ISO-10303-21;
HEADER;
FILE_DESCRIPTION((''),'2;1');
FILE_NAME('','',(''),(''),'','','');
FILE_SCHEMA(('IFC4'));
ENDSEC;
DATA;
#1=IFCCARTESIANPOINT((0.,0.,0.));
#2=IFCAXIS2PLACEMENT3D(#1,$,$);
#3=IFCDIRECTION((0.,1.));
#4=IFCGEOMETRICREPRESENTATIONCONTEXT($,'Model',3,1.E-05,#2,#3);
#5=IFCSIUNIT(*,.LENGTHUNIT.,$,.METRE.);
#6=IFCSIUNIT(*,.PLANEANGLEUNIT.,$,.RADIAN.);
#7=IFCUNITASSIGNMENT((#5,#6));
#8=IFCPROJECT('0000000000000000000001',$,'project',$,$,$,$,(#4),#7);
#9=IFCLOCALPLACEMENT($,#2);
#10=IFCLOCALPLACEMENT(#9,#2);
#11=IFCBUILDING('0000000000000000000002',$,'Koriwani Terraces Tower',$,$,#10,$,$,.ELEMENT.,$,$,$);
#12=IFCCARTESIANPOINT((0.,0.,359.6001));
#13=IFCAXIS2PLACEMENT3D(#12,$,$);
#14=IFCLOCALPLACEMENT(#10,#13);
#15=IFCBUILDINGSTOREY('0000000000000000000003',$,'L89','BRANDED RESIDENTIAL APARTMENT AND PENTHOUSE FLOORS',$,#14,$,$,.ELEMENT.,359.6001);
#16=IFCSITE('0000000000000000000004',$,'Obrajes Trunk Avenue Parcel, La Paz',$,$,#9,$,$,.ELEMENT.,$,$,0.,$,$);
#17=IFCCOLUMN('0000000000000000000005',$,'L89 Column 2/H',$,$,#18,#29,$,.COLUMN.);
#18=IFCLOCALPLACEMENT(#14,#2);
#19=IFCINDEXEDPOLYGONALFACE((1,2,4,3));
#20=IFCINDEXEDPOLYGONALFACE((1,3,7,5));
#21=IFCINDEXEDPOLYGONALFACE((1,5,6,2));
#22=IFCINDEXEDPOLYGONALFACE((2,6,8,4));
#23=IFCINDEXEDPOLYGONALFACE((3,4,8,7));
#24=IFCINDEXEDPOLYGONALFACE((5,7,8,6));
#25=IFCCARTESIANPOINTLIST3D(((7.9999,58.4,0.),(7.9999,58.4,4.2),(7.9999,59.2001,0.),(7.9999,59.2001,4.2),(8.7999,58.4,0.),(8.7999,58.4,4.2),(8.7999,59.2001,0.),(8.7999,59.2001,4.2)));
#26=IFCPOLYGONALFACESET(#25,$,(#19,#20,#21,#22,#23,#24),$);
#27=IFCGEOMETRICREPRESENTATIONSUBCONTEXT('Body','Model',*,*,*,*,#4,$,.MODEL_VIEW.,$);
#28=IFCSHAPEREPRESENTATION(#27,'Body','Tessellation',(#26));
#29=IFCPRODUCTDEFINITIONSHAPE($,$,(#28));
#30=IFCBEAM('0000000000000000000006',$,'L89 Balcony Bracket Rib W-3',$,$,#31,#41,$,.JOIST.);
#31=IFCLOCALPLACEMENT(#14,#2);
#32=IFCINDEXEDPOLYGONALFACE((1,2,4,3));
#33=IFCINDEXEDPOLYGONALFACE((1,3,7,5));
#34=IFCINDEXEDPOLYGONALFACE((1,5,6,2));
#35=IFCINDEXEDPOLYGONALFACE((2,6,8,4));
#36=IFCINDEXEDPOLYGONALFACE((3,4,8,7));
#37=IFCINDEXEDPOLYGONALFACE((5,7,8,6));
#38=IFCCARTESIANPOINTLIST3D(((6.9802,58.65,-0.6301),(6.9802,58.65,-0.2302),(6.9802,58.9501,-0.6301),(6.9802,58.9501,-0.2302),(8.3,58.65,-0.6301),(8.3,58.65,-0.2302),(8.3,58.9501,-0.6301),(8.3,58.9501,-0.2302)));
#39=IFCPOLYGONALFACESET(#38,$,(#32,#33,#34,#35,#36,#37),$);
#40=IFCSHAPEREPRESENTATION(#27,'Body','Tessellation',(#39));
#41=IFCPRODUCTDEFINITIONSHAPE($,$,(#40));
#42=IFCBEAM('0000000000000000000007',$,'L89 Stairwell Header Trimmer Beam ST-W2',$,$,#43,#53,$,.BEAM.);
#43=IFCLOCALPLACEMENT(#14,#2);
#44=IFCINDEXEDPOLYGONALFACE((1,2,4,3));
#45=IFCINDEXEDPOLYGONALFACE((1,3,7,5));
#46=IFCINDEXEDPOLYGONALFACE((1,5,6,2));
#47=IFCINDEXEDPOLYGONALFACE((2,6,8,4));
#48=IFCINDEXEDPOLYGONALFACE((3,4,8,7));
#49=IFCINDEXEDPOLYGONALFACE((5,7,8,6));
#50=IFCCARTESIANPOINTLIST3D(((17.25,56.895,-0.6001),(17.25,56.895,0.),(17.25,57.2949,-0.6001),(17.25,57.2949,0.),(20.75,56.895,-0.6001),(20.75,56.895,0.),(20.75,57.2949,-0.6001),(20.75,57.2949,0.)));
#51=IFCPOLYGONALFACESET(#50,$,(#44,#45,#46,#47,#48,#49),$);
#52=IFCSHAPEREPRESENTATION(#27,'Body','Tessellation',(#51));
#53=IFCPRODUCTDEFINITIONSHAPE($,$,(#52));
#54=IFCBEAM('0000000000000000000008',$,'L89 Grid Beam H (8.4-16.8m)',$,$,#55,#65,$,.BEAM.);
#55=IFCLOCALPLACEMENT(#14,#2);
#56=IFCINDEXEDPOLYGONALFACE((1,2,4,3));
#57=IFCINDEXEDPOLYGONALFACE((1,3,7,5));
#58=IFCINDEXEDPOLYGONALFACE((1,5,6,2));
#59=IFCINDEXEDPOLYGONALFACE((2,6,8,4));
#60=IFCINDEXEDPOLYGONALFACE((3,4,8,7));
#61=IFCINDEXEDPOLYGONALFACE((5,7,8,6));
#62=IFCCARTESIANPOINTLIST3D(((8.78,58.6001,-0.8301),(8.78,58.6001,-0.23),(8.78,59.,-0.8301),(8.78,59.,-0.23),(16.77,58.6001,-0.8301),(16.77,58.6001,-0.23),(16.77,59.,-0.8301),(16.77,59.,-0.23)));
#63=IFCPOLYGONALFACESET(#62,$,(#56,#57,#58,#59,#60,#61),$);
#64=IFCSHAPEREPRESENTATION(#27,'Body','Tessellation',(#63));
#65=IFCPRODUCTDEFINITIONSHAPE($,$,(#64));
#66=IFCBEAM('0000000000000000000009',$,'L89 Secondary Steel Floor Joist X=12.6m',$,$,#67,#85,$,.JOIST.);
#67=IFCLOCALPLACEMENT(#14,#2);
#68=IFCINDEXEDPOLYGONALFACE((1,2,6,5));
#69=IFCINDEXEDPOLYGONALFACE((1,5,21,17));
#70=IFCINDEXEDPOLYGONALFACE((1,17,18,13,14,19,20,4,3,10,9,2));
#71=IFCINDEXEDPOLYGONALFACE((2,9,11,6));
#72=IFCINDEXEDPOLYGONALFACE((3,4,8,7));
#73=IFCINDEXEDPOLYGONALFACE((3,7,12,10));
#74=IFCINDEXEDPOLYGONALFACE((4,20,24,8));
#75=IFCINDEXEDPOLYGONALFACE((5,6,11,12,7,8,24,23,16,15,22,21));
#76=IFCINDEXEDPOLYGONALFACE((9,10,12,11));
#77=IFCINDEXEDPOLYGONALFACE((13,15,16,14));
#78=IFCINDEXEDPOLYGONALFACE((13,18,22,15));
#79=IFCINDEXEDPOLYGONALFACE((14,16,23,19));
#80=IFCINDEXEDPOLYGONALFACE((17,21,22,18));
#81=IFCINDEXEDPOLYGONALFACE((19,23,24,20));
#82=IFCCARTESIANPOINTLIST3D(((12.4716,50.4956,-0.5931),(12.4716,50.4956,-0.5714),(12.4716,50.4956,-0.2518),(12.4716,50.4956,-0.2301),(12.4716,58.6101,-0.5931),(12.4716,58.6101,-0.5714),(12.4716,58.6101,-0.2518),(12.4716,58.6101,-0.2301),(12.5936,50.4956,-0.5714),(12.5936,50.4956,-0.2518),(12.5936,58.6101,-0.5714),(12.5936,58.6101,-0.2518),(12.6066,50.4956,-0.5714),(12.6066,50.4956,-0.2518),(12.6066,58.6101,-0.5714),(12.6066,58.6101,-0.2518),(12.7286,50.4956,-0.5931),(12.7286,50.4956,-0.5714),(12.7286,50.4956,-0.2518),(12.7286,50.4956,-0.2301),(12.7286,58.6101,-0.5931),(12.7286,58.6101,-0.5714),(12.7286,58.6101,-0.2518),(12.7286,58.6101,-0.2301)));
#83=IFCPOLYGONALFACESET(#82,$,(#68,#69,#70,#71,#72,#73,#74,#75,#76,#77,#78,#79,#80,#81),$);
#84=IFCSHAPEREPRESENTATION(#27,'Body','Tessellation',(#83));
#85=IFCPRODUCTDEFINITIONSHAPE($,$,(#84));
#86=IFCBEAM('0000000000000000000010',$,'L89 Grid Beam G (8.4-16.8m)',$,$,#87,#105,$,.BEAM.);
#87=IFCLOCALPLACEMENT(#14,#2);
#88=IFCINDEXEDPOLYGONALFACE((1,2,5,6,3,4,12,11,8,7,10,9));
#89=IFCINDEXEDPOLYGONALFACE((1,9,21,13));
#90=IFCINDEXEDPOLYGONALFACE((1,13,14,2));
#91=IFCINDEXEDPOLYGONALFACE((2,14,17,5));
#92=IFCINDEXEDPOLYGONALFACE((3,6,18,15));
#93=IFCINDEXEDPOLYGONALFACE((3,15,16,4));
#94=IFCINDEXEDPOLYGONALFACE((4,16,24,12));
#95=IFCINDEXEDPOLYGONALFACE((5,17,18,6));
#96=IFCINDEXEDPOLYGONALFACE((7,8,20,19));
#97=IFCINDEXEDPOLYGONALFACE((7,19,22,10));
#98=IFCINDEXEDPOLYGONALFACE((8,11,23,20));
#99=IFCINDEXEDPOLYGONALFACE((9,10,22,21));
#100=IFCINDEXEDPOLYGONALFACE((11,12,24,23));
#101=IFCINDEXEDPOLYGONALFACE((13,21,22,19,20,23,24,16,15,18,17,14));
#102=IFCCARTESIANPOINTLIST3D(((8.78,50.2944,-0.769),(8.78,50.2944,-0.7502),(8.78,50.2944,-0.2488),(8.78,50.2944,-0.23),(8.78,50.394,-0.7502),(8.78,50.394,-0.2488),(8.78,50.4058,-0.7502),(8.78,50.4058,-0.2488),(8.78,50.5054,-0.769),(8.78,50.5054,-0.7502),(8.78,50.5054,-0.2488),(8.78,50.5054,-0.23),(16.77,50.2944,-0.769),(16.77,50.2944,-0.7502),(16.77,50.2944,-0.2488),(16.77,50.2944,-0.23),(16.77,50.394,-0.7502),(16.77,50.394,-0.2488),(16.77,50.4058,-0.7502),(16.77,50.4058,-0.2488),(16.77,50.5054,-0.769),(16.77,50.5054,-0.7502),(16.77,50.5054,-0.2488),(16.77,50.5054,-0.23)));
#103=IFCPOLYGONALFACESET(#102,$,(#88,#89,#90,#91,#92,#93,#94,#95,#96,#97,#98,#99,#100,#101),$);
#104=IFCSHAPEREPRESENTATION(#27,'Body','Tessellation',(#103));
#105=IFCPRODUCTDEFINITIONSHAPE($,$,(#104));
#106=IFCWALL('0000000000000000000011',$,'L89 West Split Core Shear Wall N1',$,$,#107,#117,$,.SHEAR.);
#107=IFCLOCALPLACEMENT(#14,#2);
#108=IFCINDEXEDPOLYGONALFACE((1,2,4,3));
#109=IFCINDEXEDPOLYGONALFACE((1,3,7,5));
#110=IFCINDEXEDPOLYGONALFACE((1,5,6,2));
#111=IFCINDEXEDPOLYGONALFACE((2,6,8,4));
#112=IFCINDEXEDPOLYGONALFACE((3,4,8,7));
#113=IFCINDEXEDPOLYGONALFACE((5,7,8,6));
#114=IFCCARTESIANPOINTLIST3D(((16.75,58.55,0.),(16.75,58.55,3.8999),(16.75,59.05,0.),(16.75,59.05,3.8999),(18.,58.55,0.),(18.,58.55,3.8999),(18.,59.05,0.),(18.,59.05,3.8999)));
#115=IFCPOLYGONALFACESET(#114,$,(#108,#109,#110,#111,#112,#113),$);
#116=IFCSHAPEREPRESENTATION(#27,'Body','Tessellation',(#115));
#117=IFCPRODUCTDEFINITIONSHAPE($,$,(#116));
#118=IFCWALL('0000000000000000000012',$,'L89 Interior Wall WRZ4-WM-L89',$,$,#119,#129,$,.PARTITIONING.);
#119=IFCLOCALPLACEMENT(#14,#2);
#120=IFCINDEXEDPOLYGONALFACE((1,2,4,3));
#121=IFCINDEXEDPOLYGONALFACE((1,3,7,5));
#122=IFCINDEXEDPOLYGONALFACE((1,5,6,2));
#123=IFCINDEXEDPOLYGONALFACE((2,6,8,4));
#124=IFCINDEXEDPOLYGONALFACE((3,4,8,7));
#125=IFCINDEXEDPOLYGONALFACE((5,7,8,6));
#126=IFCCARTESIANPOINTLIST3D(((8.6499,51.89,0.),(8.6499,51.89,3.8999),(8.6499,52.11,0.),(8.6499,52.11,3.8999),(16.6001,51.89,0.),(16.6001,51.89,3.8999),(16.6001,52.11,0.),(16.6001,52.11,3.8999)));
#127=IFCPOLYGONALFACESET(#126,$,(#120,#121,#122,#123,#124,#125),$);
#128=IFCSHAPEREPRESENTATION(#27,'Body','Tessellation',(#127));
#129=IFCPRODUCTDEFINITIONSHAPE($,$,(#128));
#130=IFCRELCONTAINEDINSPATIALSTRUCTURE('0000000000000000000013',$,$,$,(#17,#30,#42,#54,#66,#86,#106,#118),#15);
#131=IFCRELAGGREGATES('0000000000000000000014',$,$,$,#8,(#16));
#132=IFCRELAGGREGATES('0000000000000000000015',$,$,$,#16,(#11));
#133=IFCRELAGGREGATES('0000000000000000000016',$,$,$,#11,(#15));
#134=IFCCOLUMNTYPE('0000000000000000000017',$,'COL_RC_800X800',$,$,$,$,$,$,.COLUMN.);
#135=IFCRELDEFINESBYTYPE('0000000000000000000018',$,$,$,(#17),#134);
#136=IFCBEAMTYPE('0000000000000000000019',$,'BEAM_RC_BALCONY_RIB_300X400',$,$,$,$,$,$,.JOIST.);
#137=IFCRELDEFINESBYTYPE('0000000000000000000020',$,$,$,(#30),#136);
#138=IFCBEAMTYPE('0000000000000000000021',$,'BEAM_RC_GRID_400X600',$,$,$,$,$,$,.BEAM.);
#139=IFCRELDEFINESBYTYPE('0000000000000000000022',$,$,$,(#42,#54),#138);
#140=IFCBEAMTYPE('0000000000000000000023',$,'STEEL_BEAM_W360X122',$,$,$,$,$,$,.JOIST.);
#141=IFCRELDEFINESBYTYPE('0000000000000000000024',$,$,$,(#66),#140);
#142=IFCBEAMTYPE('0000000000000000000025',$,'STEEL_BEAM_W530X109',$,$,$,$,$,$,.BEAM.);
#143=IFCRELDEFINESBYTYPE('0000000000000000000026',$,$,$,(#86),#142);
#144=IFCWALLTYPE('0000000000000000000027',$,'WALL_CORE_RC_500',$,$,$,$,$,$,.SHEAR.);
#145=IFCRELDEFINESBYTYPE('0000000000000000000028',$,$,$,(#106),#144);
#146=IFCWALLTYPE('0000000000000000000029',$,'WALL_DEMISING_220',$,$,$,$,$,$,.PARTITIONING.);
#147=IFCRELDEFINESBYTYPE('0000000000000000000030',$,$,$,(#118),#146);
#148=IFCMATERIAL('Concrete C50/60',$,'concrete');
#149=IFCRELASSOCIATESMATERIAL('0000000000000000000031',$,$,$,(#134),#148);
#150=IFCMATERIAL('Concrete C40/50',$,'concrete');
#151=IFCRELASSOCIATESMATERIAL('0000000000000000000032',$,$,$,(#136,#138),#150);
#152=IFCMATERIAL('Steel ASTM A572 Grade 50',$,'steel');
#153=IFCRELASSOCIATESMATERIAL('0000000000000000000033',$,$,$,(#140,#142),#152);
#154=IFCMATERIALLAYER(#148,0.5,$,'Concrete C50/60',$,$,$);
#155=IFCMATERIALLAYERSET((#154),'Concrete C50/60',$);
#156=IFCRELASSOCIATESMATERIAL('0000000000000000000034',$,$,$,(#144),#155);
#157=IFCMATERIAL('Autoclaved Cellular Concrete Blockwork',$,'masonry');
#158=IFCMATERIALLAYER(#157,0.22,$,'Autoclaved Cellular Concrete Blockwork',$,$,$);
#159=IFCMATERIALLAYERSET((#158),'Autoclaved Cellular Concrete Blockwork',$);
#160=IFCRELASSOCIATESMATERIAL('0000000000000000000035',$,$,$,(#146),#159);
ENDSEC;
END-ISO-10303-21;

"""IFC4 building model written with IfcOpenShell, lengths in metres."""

from ifc_helpers import new_model, si_unit, direction, frame, frame_2d, origin, origin_2d, place, context, subcontext, project, spatial, rectangle, i_section, extrude, material, layer, layer_set, material_profile, profile_set, type_object, element, save


model = new_model("IFC4")

# Units and contexts
model_context = context("Model", 3, precision=1e-05, world=origin(), true_north=direction((0.0, 1.0)))
body_context = subcontext(model_context, "Body", "Model", "MODEL_VIEW")
ifc_project = project(units=[si_unit("LENGTHUNIT", "METRE"), si_unit("PLANEANGLEUNIT", "RADIAN")], contexts=[model_context])

# Site, building, storey
site_placement = place(None, origin())
site = spatial("IfcSite", under=ifc_project, at=site_placement, Name="Obrajes Trunk Avenue Parcel, La Paz", CompositionType="ELEMENT", RefElevation=0.0)
building_placement = place(site_placement, origin())
building = spatial("IfcBuilding", under=site, at=building_placement, Name="Koriwani Terraces Tower", CompositionType="ELEMENT")
storey_placement = place(building_placement, frame((0.0, 0.0, 359.6001)))
storey = spatial("IfcBuildingStorey", under=building, at=storey_placement, Name="L89", Description="BRANDED RESIDENTIAL APARTMENT AND PENTHOUSE FLOORS", CompositionType="ELEMENT", Elevation=359.6001)

# Column
ifc_material_1 = material(Name="Concrete C50/60", Category="concrete")
ifc_material_profile_1 = material_profile(ifc_material_1, rectangle(XDim=0.8, YDim=0.8, at=origin_2d()), Name="Concrete C50/60", Category="LoadBearing")
ifc_profile_set_1 = profile_set([ifc_material_profile_1], Name="Concrete C50/60")
column_type = type_object("IfcColumnType", Name="COL_RC_800X800", PredefinedType="COLUMN", material=ifc_profile_set_1)
column_placement = place(storey_placement, frame((8.3999, 58.8, 0.0), z_axis=(0.0, 0.0, 1.0), x_axis=(1.0, 0.0, 0.0)))
element("IfcColumn", 1, at=column_placement, inside=storey, type_object=column_type, Name="L89 Column 2/H", PredefinedType="COLUMN", context=body_context, shape_type="SweptSolid", body=[
    extrude(rectangle(XDim=0.8, YDim=0.8, at=origin_2d()), origin(), (0.0, 0.0, 1.0), 4.2),
])

# Beams
ifc_material_2 = material(Name="Concrete C40/50", Category="concrete")
ifc_material_profile_2 = material_profile(ifc_material_2, rectangle(XDim=0.3, YDim=0.3999, at=origin_2d()), Name="Concrete C40/50", Category="LoadBearing")
ifc_profile_set_2 = profile_set([ifc_material_profile_2], Name="Concrete C40/50")
beam_type_1 = type_object("IfcBeamType", Name="BEAM_RC_BALCONY_RIB_300X400", PredefinedType="JOIST", material=ifc_profile_set_2)
beam_1_placement = place(storey_placement, frame((6.9802, 58.8, -0.4302), z_axis=(1.0, 0.0, 0.0), x_axis=(0.0, 1.0, 0.0)))
element("IfcBeam", 2, at=beam_1_placement, inside=storey, type_object=beam_type_1, Name="L89 Balcony Bracket Rib W-3", PredefinedType="JOIST", context=body_context, shape_type="SweptSolid", body=[
    extrude(rectangle(XDim=0.3, YDim=0.3999, at=origin_2d()), origin(), (0.0, 0.0, 1.0), 1.3198),
])
ifc_material_profile_3 = material_profile(ifc_material_2, rectangle(XDim=0.3999, YDim=0.6001, at=origin_2d()), Name="Concrete C40/50", Category="LoadBearing")
ifc_profile_set_3 = profile_set([ifc_material_profile_3], Name="Concrete C40/50")
beam_type_2 = type_object("IfcBeamType", Name="BEAM_RC_GRID_400X600", PredefinedType="BEAM", material=ifc_profile_set_3)
beam_2_placement = place(storey_placement, frame((17.25, 57.095, -0.3), z_axis=(1.0, 0.0, 0.0), x_axis=(0.0, 1.0, 0.0)))
element("IfcBeam", 3, at=beam_2_placement, inside=storey, type_object=beam_type_2, Name="L89 Stairwell Header Trimmer Beam ST-W2", PredefinedType="BEAM", context=body_context, shape_type="SweptSolid", body=[
    extrude(rectangle(XDim=0.3999, YDim=0.6001, at=origin_2d()), origin(), (0.0, 0.0, 1.0), 3.5),
])
beam_3_placement = place(storey_placement, frame((8.78, 58.8, -0.53), z_axis=(1.0, 0.0, 0.0), x_axis=(0.0, 1.0, 0.0)))
element("IfcBeam", 4, at=beam_3_placement, inside=storey, type_object=beam_type_2, Name="L89 Grid Beam H (8.4-16.8m)", PredefinedType="BEAM", context=body_context, shape_type="SweptSolid", body=[
    extrude(rectangle(XDim=0.3999, YDim=0.6001, at=origin_2d()), origin(), (0.0, 0.0, 1.0), 7.99),
])
ifc_material_3 = material(Name="Steel ASTM A572 Grade 50", Category="steel")
ifc_material_profile_4 = material_profile(ifc_material_3, i_section(OverallWidth=0.2571, OverallDepth=0.363, WebThickness=0.0129, FlangeThickness=0.0217, at=origin_2d()), Name="Steel ASTM A572 Grade 50", Category="LoadBearing")
ifc_profile_set_4 = profile_set([ifc_material_profile_4], Name="Steel ASTM A572 Grade 50")
beam_type_3 = type_object("IfcBeamType", Name="STEEL_BEAM_W360X122", PredefinedType="JOIST", material=ifc_profile_set_4)
beam_4_placement = place(storey_placement, frame((12.6001, 50.4956, -0.4116), z_axis=(0.0, 1.0, 0.0), x_axis=(-1.0, 0.0, 0.0)))
element("IfcBeam", 5, at=beam_4_placement, inside=storey, type_object=beam_type_3, Name="L89 Secondary Steel Floor Joist X=12.6m", PredefinedType="JOIST", context=body_context, shape_type="SweptSolid", body=[
    extrude(i_section(OverallWidth=0.2571, OverallDepth=0.363, WebThickness=0.0129, FlangeThickness=0.0217, at=origin_2d()), origin(), (0.0, 0.0, 1.0), 8.1145),
])
ifc_material_profile_5 = material_profile(ifc_material_3, i_section(OverallWidth=0.2109, OverallDepth=0.5391, WebThickness=0.0117, FlangeThickness=0.0188, at=origin_2d()), Name="Steel ASTM A572 Grade 50", Category="LoadBearing")
ifc_profile_set_5 = profile_set([ifc_material_profile_5], Name="Steel ASTM A572 Grade 50")
beam_type_4 = type_object("IfcBeamType", Name="STEEL_BEAM_W530X109", PredefinedType="BEAM", material=ifc_profile_set_5)
beam_5_placement = place(storey_placement, frame((8.78, 50.3999, -0.4995), z_axis=(1.0, 0.0, 0.0), x_axis=(0.0, 1.0, 0.0)))
element("IfcBeam", 6, at=beam_5_placement, inside=storey, type_object=beam_type_4, Name="L89 Grid Beam G (8.4-16.8m)", PredefinedType="BEAM", context=body_context, shape_type="SweptSolid", body=[
    extrude(i_section(OverallWidth=0.2109, OverallDepth=0.5391, WebThickness=0.0117, FlangeThickness=0.0188, at=origin_2d()), origin(), (0.0, 0.0, 1.0), 7.99),
])

# Walls
ifc_layer_1 = layer(ifc_material_1, 0.5, Name="Concrete C50/60")
ifc_layer_set_1 = layer_set([ifc_layer_1], Name="Concrete C50/60")
wall_type_1 = type_object("IfcWallType", Name="WALL_CORE_RC_500", PredefinedType="SHEAR", material=ifc_layer_set_1)
wall_1_placement = place(storey_placement, frame((16.75, 58.8, 0.0), z_axis=(0.0, 0.0, 1.0), x_axis=(1.0, 0.0, 0.0)))
element("IfcWall", 7, at=wall_1_placement, inside=storey, type_object=wall_type_1, Name="L89 West Split Core Shear Wall N1", PredefinedType="SHEAR", context=body_context, shape_type="SweptSolid", body=[
    extrude(rectangle(XDim=1.25, YDim=0.5, at=frame_2d((0.625, 0.0))), origin(), (0.0, 0.0, 1.0), 3.8999),
])
ifc_material_4 = material(Name="Autoclaved Cellular Concrete Blockwork", Category="masonry")
ifc_layer_2 = layer(ifc_material_4, 0.22, Name="Autoclaved Cellular Concrete Blockwork")
ifc_layer_set_2 = layer_set([ifc_layer_2], Name="Autoclaved Cellular Concrete Blockwork")
wall_type_2 = type_object("IfcWallType", Name="WALL_DEMISING_220", PredefinedType="PARTITIONING", material=ifc_layer_set_2)
wall_2_placement = place(storey_placement, frame((8.6499, 52.0, 0.0), z_axis=(0.0, 0.0, 1.0), x_axis=(1.0, 0.0, 0.0)))
element("IfcWall", 8, at=wall_2_placement, inside=storey, type_object=wall_type_2, Name="L89 Interior Wall WRZ4-WM-L89", PredefinedType="PARTITIONING", context=body_context, shape_type="SweptSolid", body=[
    extrude(rectangle(XDim=7.9502, YDim=0.22, at=frame_2d((3.9751, 0.0))), origin(), (0.0, 0.0, 1.0), 3.8999),
])

save(model, "model.ifc")
